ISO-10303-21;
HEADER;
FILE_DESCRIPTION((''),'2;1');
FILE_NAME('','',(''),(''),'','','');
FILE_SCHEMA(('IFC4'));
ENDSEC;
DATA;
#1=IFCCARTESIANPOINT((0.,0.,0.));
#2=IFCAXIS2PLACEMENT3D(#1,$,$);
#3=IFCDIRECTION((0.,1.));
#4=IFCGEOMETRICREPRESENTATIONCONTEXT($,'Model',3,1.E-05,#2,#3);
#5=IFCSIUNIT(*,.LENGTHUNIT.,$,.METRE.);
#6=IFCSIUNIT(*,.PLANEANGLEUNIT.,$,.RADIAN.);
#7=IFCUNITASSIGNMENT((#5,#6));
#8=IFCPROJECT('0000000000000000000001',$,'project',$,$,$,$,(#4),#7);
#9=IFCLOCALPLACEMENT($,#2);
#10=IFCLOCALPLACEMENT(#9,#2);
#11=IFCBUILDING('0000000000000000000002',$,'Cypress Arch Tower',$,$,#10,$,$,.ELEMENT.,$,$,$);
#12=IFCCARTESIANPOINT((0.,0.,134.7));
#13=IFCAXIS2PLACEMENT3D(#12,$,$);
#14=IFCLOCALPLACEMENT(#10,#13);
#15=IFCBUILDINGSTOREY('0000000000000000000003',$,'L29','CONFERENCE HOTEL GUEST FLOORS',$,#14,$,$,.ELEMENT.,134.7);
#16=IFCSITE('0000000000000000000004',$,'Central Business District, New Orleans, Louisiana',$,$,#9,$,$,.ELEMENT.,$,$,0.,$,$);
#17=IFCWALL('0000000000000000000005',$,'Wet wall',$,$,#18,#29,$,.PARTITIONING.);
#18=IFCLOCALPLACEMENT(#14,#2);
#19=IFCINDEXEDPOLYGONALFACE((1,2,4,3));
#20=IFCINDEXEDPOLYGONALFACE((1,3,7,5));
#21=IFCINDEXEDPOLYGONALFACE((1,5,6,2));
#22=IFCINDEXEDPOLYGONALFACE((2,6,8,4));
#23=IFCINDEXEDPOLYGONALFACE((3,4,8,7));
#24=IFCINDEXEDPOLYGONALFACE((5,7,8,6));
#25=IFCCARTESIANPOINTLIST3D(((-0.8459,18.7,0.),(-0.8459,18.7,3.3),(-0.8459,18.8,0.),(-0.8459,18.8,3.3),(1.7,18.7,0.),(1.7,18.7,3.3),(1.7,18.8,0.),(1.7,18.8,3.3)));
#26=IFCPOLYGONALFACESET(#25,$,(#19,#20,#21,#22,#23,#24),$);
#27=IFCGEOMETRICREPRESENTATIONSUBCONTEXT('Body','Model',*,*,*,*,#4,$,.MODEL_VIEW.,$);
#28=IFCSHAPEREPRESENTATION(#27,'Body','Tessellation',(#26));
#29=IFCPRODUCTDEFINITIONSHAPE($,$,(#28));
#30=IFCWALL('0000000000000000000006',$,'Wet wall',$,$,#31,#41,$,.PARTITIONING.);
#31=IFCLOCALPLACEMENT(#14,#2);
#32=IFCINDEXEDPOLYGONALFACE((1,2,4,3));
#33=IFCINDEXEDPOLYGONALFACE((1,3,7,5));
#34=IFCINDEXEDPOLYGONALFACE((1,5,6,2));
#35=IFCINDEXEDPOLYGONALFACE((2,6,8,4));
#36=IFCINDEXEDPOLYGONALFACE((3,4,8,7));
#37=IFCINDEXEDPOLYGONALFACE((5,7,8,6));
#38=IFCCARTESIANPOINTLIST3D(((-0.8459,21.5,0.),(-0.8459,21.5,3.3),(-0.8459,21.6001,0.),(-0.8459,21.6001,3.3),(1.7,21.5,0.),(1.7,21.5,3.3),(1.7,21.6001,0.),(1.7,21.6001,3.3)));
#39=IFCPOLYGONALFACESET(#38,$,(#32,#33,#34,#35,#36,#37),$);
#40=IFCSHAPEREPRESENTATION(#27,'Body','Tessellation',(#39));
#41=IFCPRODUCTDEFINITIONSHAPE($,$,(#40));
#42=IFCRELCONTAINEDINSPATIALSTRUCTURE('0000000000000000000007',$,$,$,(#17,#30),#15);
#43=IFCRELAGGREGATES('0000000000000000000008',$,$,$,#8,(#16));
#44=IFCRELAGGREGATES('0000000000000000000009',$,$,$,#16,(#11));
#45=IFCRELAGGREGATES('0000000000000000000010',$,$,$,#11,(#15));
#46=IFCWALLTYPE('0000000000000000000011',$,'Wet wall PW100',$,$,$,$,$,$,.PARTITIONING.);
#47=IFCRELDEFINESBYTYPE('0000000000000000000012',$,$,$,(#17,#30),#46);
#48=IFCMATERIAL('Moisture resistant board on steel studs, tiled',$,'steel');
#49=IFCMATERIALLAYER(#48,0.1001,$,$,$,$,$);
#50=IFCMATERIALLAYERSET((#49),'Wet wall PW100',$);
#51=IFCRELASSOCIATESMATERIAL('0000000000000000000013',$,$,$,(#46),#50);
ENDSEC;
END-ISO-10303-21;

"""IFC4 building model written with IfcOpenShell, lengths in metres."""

from ifc_helpers import new_model, si_unit, direction, frame, frame_2d, origin, place, context, subcontext, project, spatial, rectangle, extrude, material, layer, layer_set, type_object, element, save


model = new_model("IFC4")

# Units and contexts
model_context = context("Model", 3, precision=1e-05, world=origin(), true_north=direction((0.0, 1.0)))
body_context = subcontext(model_context, "Body", "Model", "MODEL_VIEW")
ifc_project = project(units=[si_unit("LENGTHUNIT", "METRE"), si_unit("PLANEANGLEUNIT", "RADIAN")], contexts=[model_context])

# Site, building, storey
site_placement = place(None, origin())
site = spatial("IfcSite", under=ifc_project, at=site_placement, Name="Central Business District, New Orleans, Louisiana", CompositionType="ELEMENT", RefElevation=0.0)
building_placement = place(site_placement, origin())
building = spatial("IfcBuilding", under=site, at=building_placement, Name="Cypress Arch Tower", CompositionType="ELEMENT")
storey_placement = place(building_placement, frame((0.0, 0.0, 134.7)))
storey = spatial("IfcBuildingStorey", under=building, at=storey_placement, Name="L29", Description="CONFERENCE HOTEL GUEST FLOORS", CompositionType="ELEMENT", Elevation=134.7)

# Shared definitions
ifc_material_1 = material(Name="Moisture resistant board on steel studs, tiled", Category="steel")
ifc_layer_1 = layer(ifc_material_1, 0.1001)
ifc_layer_set_1 = layer_set([ifc_layer_1], Name="Wet wall PW100")
wall_type_1 = type_object("IfcWallType", Name="Wet wall PW100", PredefinedType="PARTITIONING", material=ifc_layer_set_1)

# Walls
for number, where, z_axis, x_axis, name in (
    (1, (-0.8459, 18.75, 0.0), (0.0, 0.0, 1.0), (1.0, 0.0, 0.0), "Wet wall"),
    (2, (-0.8459, 21.55, 0.0), (0.0, 0.0, 1.0), (1.0, 0.0, 0.0), "Wet wall"),
):
    element("IfcWall", number, at=place(storey_placement, frame(where, z_axis=z_axis, x_axis=x_axis)), inside=storey, type_object=wall_type_1, Name=name, PredefinedType="PARTITIONING", context=body_context, shape_type="SweptSolid", body=[
        extrude(rectangle(XDim=2.5459, YDim=0.1001, at=frame_2d((1.2729, 0.0))), origin(), (0.0, 0.0, 1.0), 3.3),
    ])

save(model, "model.ifc")
